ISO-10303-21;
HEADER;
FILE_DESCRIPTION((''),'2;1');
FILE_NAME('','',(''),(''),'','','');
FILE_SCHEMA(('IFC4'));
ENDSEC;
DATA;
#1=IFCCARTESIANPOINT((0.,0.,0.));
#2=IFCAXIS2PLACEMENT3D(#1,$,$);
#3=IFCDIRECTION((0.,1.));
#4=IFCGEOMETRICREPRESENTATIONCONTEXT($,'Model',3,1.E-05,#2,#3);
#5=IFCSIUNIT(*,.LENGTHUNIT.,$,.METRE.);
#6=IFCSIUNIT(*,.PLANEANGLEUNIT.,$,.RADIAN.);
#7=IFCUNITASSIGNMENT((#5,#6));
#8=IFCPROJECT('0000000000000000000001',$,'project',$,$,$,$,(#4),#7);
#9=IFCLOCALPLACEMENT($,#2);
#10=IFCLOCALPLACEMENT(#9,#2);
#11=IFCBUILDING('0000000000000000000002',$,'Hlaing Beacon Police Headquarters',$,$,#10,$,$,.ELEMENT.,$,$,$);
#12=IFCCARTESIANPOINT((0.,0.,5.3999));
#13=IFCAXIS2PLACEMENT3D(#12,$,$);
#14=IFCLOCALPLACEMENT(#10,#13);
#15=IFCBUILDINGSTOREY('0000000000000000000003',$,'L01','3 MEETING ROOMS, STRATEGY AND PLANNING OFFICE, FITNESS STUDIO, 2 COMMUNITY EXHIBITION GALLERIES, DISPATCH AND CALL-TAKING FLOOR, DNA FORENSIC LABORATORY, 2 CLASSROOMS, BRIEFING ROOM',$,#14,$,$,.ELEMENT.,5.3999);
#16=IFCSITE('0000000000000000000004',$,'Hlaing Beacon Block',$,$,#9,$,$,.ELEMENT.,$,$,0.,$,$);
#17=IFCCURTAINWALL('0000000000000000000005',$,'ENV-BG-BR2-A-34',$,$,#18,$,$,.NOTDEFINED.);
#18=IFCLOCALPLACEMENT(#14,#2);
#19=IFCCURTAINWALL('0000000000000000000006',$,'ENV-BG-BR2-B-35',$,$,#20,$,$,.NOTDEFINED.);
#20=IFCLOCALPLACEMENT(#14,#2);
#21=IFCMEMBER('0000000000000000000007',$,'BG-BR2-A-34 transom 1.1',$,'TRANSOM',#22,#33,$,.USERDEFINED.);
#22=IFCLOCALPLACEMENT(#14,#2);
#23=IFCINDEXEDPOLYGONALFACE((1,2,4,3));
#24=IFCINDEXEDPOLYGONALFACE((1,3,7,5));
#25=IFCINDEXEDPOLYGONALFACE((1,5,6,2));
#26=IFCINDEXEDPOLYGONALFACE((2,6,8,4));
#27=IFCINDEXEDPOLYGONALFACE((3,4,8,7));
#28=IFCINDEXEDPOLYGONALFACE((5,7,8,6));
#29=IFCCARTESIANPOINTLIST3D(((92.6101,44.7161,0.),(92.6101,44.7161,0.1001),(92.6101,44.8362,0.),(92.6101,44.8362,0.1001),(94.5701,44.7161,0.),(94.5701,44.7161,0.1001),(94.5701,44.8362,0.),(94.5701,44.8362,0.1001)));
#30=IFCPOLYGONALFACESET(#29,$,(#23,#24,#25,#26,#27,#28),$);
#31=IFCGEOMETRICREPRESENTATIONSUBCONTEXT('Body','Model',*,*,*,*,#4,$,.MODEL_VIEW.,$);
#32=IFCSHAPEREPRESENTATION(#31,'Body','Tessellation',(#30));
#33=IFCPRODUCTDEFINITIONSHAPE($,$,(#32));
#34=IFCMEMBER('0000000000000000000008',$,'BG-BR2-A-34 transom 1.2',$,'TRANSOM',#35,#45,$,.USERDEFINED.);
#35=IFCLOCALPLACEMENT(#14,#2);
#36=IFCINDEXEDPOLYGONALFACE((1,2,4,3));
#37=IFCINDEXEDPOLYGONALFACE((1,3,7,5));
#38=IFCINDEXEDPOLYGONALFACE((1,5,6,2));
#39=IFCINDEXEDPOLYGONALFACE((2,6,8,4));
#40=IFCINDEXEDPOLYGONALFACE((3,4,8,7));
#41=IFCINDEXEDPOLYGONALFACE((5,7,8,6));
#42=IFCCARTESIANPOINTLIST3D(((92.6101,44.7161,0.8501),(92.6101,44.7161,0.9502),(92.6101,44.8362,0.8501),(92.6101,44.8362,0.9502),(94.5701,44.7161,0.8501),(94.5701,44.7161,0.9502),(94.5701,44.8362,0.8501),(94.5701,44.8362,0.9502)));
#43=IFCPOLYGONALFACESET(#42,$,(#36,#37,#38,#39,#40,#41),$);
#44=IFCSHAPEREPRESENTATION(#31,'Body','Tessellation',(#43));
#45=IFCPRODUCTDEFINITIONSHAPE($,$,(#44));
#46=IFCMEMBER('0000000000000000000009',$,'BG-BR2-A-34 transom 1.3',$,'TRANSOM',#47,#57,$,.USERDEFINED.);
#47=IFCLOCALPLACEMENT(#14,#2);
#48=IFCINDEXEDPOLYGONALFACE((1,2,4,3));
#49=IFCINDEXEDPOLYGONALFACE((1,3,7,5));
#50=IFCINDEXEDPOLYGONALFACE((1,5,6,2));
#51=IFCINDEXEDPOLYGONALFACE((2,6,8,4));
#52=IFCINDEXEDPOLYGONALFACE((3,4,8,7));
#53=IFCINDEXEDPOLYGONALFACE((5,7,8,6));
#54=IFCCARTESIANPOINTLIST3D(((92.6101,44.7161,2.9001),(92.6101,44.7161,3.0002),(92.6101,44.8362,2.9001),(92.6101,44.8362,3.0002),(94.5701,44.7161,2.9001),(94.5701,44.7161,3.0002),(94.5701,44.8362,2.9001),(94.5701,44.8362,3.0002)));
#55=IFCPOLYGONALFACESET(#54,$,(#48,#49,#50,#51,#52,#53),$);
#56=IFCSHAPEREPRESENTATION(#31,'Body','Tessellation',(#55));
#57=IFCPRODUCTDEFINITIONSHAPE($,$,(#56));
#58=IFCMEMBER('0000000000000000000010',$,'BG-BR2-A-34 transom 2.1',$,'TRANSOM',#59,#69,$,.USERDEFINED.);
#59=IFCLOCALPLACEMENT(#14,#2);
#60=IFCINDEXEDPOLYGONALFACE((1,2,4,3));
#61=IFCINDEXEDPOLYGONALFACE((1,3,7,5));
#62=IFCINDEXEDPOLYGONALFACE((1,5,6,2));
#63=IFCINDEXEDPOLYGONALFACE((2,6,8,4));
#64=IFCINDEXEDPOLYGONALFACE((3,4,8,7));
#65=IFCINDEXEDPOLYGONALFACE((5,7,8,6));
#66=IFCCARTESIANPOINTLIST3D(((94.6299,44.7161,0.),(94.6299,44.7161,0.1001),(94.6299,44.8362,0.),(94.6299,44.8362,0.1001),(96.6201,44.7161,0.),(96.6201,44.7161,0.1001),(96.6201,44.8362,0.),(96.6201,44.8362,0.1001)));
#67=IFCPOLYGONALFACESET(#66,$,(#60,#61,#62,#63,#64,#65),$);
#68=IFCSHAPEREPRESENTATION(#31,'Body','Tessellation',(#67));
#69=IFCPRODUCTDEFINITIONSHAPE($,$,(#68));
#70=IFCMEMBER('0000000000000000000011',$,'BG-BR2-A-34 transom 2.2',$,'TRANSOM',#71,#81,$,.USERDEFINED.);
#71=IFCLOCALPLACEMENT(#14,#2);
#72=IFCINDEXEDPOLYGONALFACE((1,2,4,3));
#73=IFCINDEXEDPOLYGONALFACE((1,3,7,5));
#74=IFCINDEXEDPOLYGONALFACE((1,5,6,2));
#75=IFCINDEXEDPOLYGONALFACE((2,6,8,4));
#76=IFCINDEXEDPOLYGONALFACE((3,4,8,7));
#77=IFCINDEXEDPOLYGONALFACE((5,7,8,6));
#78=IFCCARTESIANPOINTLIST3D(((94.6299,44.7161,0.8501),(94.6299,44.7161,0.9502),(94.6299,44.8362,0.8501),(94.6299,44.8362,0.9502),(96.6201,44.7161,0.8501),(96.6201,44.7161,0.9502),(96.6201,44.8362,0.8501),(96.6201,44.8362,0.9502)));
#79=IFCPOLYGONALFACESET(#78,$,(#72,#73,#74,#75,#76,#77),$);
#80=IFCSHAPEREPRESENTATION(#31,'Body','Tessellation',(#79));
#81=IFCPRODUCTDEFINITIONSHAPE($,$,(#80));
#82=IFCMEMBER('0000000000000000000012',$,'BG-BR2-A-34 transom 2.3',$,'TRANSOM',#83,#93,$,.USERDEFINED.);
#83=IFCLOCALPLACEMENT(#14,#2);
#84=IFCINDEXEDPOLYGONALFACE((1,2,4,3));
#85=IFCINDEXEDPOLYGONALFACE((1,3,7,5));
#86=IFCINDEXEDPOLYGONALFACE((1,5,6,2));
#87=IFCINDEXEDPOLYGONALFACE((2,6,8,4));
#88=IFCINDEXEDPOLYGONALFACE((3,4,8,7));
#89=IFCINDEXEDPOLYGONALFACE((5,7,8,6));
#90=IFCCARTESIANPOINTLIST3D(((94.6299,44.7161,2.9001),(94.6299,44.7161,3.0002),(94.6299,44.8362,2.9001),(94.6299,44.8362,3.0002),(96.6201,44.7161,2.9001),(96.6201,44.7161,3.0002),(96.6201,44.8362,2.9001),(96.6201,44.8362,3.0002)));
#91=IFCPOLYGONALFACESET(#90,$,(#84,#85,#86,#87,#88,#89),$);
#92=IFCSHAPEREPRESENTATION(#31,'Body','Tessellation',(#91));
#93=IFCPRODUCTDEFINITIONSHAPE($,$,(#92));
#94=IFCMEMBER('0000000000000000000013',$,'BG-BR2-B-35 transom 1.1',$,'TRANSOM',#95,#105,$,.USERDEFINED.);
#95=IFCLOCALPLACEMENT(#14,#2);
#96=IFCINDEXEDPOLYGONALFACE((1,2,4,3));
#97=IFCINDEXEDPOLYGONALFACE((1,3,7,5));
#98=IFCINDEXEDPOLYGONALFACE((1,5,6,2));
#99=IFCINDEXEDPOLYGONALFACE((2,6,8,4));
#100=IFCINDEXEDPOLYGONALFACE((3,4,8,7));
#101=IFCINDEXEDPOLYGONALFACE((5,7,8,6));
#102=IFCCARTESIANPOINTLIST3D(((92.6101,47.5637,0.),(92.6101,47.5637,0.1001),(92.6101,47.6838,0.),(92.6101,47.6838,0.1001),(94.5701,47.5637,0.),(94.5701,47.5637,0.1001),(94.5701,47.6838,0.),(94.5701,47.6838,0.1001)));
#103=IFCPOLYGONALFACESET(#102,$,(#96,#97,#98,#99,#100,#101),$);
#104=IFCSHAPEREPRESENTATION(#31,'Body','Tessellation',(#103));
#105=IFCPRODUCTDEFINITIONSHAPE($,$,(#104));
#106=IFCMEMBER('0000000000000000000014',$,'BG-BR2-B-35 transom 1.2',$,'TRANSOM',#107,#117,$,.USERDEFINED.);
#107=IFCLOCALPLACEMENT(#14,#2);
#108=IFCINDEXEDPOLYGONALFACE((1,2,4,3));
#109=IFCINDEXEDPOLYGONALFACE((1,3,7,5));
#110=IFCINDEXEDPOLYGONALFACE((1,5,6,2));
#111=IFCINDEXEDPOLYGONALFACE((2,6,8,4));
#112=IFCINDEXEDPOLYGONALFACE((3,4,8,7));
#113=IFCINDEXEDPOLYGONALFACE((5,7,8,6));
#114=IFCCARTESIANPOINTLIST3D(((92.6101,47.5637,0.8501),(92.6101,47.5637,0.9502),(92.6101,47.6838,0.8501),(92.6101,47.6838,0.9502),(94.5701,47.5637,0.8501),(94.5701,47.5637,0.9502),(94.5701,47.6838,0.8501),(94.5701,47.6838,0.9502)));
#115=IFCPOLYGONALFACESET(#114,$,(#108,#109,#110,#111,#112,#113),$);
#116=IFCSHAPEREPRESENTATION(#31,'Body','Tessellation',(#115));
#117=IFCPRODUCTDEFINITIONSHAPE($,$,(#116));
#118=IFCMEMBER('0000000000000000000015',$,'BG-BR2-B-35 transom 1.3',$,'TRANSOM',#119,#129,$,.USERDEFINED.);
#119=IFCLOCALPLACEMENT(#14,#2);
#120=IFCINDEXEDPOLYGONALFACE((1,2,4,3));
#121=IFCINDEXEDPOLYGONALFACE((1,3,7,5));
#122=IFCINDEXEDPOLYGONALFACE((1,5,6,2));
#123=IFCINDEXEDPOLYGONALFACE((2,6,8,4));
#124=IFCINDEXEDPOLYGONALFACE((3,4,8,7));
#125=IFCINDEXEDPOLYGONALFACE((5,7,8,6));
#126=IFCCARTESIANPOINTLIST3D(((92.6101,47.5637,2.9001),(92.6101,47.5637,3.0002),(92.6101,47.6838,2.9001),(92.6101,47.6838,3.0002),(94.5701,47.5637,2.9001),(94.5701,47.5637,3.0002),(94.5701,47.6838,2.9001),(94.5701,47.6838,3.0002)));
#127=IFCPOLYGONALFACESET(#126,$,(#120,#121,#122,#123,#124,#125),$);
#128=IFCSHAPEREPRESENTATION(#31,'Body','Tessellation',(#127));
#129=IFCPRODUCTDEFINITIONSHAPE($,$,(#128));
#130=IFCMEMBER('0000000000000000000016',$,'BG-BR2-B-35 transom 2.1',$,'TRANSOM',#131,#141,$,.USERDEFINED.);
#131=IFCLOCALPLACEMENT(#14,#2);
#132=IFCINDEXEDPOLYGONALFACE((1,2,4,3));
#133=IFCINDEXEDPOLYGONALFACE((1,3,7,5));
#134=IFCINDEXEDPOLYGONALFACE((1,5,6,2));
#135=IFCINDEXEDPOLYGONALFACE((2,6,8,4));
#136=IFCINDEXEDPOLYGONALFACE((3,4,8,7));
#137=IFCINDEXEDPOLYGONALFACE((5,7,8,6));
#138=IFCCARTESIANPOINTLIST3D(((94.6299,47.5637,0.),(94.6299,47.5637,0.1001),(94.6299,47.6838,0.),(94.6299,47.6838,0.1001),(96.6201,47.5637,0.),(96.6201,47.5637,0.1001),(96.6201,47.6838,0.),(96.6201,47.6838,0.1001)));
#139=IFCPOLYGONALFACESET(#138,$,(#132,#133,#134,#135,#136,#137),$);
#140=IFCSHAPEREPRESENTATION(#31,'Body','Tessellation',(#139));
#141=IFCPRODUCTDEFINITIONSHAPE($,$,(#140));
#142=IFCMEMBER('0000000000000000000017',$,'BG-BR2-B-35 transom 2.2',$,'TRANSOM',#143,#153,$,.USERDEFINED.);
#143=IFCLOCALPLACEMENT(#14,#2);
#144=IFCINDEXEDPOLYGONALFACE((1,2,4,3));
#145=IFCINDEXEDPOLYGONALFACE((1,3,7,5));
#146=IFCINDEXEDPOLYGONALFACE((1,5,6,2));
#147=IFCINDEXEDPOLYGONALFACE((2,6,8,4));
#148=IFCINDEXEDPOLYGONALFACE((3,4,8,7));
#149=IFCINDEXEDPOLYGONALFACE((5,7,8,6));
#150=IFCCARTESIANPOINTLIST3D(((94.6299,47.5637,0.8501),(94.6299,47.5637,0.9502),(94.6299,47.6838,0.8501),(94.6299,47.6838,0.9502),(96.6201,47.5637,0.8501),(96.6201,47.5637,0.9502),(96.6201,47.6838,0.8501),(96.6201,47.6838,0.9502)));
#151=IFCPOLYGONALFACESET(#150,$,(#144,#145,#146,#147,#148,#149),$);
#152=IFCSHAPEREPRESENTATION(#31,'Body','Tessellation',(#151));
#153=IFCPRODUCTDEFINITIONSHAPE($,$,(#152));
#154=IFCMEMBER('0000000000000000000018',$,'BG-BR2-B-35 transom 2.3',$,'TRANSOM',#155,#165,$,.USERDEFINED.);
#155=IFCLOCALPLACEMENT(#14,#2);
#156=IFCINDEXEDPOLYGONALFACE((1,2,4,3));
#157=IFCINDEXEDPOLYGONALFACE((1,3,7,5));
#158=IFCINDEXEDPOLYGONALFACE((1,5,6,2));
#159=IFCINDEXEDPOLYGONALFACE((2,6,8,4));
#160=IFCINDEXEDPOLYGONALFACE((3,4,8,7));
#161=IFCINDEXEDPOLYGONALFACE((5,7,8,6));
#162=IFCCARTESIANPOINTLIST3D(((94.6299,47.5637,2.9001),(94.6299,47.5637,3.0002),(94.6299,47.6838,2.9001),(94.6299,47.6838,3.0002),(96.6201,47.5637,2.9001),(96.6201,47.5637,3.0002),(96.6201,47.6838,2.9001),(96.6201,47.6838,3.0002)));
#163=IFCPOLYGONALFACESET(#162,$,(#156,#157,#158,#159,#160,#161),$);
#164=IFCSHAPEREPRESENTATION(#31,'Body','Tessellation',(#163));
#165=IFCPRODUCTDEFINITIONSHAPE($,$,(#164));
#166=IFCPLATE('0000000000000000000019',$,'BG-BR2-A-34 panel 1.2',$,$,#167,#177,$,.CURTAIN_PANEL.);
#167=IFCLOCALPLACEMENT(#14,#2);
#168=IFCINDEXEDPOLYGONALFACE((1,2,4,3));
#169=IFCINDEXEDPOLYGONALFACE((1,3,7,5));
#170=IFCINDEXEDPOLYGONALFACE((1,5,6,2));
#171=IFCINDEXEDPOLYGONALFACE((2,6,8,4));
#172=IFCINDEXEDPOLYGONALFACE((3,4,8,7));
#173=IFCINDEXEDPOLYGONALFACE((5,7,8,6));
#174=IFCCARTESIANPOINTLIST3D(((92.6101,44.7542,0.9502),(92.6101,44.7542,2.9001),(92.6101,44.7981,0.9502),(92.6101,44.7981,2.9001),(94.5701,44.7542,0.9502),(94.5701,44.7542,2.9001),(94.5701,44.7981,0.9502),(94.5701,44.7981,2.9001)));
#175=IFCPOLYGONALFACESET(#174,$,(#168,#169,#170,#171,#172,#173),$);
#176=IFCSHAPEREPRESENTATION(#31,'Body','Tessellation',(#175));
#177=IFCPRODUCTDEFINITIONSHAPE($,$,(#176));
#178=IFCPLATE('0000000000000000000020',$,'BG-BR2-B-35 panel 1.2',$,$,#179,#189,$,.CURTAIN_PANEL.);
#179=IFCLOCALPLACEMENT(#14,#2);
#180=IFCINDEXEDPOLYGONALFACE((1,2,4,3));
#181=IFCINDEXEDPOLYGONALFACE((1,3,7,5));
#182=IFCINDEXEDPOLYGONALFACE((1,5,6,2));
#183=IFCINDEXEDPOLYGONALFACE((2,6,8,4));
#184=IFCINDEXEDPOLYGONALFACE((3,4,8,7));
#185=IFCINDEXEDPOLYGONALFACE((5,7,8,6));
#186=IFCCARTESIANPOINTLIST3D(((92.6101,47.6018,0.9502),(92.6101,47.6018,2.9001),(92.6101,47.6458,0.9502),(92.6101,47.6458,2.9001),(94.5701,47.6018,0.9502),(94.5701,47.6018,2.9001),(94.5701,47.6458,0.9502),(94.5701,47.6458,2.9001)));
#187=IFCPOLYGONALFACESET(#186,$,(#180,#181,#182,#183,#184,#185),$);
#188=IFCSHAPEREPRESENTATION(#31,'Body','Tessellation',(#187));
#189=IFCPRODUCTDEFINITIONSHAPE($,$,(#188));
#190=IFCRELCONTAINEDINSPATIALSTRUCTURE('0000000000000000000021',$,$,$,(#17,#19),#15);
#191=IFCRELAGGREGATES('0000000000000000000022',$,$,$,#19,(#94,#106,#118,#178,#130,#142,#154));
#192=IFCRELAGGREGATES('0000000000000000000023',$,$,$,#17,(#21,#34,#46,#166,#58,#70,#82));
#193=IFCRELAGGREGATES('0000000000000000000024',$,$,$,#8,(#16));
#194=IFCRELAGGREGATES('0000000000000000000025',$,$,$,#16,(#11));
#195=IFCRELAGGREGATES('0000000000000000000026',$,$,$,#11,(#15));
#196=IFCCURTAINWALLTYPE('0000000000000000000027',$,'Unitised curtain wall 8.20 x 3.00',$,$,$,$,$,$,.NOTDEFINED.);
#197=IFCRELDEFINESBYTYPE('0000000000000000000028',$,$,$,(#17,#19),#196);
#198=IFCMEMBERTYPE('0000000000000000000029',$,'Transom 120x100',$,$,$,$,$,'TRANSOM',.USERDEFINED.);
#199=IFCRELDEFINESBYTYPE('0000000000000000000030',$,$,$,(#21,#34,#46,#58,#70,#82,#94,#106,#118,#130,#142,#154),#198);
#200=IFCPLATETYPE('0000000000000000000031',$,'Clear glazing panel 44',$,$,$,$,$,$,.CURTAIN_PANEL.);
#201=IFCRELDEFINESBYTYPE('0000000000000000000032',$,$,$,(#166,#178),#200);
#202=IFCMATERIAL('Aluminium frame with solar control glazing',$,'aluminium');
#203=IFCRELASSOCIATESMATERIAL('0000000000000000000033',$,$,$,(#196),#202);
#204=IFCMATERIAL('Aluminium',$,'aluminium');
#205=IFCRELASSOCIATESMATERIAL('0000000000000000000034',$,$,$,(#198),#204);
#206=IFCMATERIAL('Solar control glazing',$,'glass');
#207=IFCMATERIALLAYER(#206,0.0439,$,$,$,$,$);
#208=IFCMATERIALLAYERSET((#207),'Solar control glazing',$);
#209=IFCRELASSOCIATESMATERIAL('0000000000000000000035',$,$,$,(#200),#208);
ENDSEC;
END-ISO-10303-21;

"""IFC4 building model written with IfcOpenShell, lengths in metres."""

from ifc_helpers import new_model, si_unit, direction, frame, origin, origin_2d, place, context, subcontext, project, spatial, rectangle, extrude, material, layer, layer_set, material_profile, profile_set, type_object, element, aggregate, save


model = new_model("IFC4")

# Units and contexts
model_context = context("Model", 3, precision=1e-05, world=origin(), true_north=direction((0.0, 1.0)))
body_context = subcontext(model_context, "Body", "Model", "MODEL_VIEW")
ifc_project = project(units=[si_unit("LENGTHUNIT", "METRE"), si_unit("PLANEANGLEUNIT", "RADIAN")], contexts=[model_context])

# Site, building, storey
site_placement = place(None, origin())
site = spatial("IfcSite", under=ifc_project, at=site_placement, Name="Hlaing Beacon Block", CompositionType="ELEMENT", RefElevation=0.0)
building_placement = place(site_placement, origin())
building = spatial("IfcBuilding", under=site, at=building_placement, Name="Hlaing Beacon Police Headquarters", CompositionType="ELEMENT")
storey_placement = place(building_placement, frame((0.0, 0.0, 5.3999)))
storey = spatial("IfcBuildingStorey", under=building, at=storey_placement, Name="L01", Description="3 MEETING ROOMS, STRATEGY AND PLANNING OFFICE, FITNESS STUDIO, 2 COMMUNITY EXHIBITION GALLERIES, DISPATCH AND CALL-TAKING FLOOR, DNA FORENSIC LABORATORY, 2 CLASSROOMS, BRIEFING ROOM", CompositionType="ELEMENT", Elevation=5.3999)

# Curtain walls
ifc_material_1 = material(Name="Aluminium frame with solar control glazing", Category="aluminium")
curtain_wall_type = type_object("IfcCurtainWallType", Name="Unitised curtain wall 8.20 x 3.00", PredefinedType="NOTDEFINED", material=ifc_material_1)
curtain_wall_1_placement = place(storey_placement, origin())
curtain_wall_1 = element("IfcCurtainWall", 1, at=curtain_wall_1_placement, inside=storey, type_object=curtain_wall_type, Name="ENV-BG-BR2-A-34", PredefinedType="NOTDEFINED")
curtain_wall_2_placement = place(storey_placement, origin())
curtain_wall_2 = element("IfcCurtainWall", 2, at=curtain_wall_2_placement, inside=storey, type_object=curtain_wall_type, Name="ENV-BG-BR2-B-35", PredefinedType="NOTDEFINED")

# Members
ifc_material_2 = material(Name="Aluminium", Category="aluminium")
ifc_material_profile_1 = material_profile(ifc_material_2, rectangle(XDim=0.1201, YDim=0.1001, at=origin_2d()), Name="Transom 120x100")
ifc_profile_set_1 = profile_set([ifc_material_profile_1], Name="Aluminium")
member_type_1 = type_object("IfcMemberType", Name="Transom 120x100", ElementType="TRANSOM", PredefinedType="USERDEFINED", material=ifc_profile_set_1)
member_1_placement = place(storey_placement, frame((92.6101, 44.7761, 0.05), z_axis=(1.0, 0.0, 0.0), x_axis=(0.0, 1.0, 0.0)))
member_1 = element("IfcMember", 3, at=member_1_placement, type_object=member_type_1, Name="BG-BR2-A-34 transom 1.1", ObjectType="TRANSOM", PredefinedType="USERDEFINED", context=body_context, shape_type="SweptSolid", body=[
    extrude(rectangle(XDim=0.1201, YDim=0.1001, at=origin_2d()), origin(), (0.0, 0.0, 1.0), 1.96),
])
member_2_placement = place(storey_placement, frame((92.6101, 44.7761, 0.9001), z_axis=(1.0, 0.0, 0.0), x_axis=(0.0, 1.0, 0.0)))
member_2 = element("IfcMember", 4, at=member_2_placement, type_object=member_type_1, Name="BG-BR2-A-34 transom 1.2", ObjectType="TRANSOM", PredefinedType="USERDEFINED", context=body_context, shape_type="SweptSolid", body=[
    extrude(rectangle(XDim=0.1201, YDim=0.1001, at=origin_2d()), origin(), (0.0, 0.0, 1.0), 1.96),
])
member_3_placement = place(storey_placement, frame((92.6101, 44.7761, 2.9502), z_axis=(1.0, 0.0, 0.0), x_axis=(0.0, 1.0, 0.0)))
member_3 = element("IfcMember", 5, at=member_3_placement, type_object=member_type_1, Name="BG-BR2-A-34 transom 1.3", ObjectType="TRANSOM", PredefinedType="USERDEFINED", context=body_context, shape_type="SweptSolid", body=[
    extrude(rectangle(XDim=0.1201, YDim=0.1001, at=origin_2d()), origin(), (0.0, 0.0, 1.0), 1.96),
])
member_4_placement = place(storey_placement, frame((94.6299, 44.7761, 0.05), z_axis=(1.0, 0.0, 0.0), x_axis=(0.0, 1.0, 0.0)))
member_4 = element("IfcMember", 6, at=member_4_placement, type_object=member_type_1, Name="BG-BR2-A-34 transom 2.1", ObjectType="TRANSOM", PredefinedType="USERDEFINED", context=body_context, shape_type="SweptSolid", body=[
    extrude(rectangle(XDim=0.1201, YDim=0.1001, at=origin_2d()), origin(), (0.0, 0.0, 1.0), 1.9902),
])
member_5_placement = place(storey_placement, frame((94.6299, 44.7761, 0.9001), z_axis=(1.0, 0.0, 0.0), x_axis=(0.0, 1.0, 0.0)))
member_5 = element("IfcMember", 7, at=member_5_placement, type_object=member_type_1, Name="BG-BR2-A-34 transom 2.2", ObjectType="TRANSOM", PredefinedType="USERDEFINED", context=body_context, shape_type="SweptSolid", body=[
    extrude(rectangle(XDim=0.1201, YDim=0.1001, at=origin_2d()), origin(), (0.0, 0.0, 1.0), 1.9902),
])
member_6_placement = place(storey_placement, frame((94.6299, 44.7761, 2.9502), z_axis=(1.0, 0.0, 0.0), x_axis=(0.0, 1.0, 0.0)))
member_6 = element("IfcMember", 8, at=member_6_placement, type_object=member_type_1, Name="BG-BR2-A-34 transom 2.3", ObjectType="TRANSOM", PredefinedType="USERDEFINED", context=body_context, shape_type="SweptSolid", body=[
    extrude(rectangle(XDim=0.1201, YDim=0.1001, at=origin_2d()), origin(), (0.0, 0.0, 1.0), 1.9902),
])
member_7_placement = place(storey_placement, frame((92.6101, 47.6238, 0.05), z_axis=(1.0, 0.0, 0.0), x_axis=(0.0, 1.0, 0.0)))
member_7 = element("IfcMember", 9, at=member_7_placement, type_object=member_type_1, Name="BG-BR2-B-35 transom 1.1", ObjectType="TRANSOM", PredefinedType="USERDEFINED", context=body_context, shape_type="SweptSolid", body=[
    extrude(rectangle(XDim=0.1201, YDim=0.1001, at=origin_2d()), origin(), (0.0, 0.0, 1.0), 1.96),
])
member_8_placement = place(storey_placement, frame((92.6101, 47.6238, 0.9001), z_axis=(1.0, 0.0, 0.0), x_axis=(0.0, 1.0, 0.0)))
member_8 = element("IfcMember", 10, at=member_8_placement, type_object=member_type_1, Name="BG-BR2-B-35 transom 1.2", ObjectType="TRANSOM", PredefinedType="USERDEFINED", context=body_context, shape_type="SweptSolid", body=[
    extrude(rectangle(XDim=0.1201, YDim=0.1001, at=origin_2d()), origin(), (0.0, 0.0, 1.0), 1.96),
])
member_9_placement = place(storey_placement, frame((92.6101, 47.6238, 2.9502), z_axis=(1.0, 0.0, 0.0), x_axis=(0.0, 1.0, 0.0)))
member_9 = element("IfcMember", 11, at=member_9_placement, type_object=member_type_1, Name="BG-BR2-B-35 transom 1.3", ObjectType="TRANSOM", PredefinedType="USERDEFINED", context=body_context, shape_type="SweptSolid", body=[
    extrude(rectangle(XDim=0.1201, YDim=0.1001, at=origin_2d()), origin(), (0.0, 0.0, 1.0), 1.96),
])
member_10_placement = place(storey_placement, frame((94.6299, 47.6238, 0.05), z_axis=(1.0, 0.0, 0.0), x_axis=(0.0, 1.0, 0.0)))
member_10 = element("IfcMember", 12, at=member_10_placement, type_object=member_type_1, Name="BG-BR2-B-35 transom 2.1", ObjectType="TRANSOM", PredefinedType="USERDEFINED", context=body_context, shape_type="SweptSolid", body=[
    extrude(rectangle(XDim=0.1201, YDim=0.1001, at=origin_2d()), origin(), (0.0, 0.0, 1.0), 1.9902),
])
member_11_placement = place(storey_placement, frame((94.6299, 47.6238, 0.9001), z_axis=(1.0, 0.0, 0.0), x_axis=(0.0, 1.0, 0.0)))
member_11 = element("IfcMember", 13, at=member_11_placement, type_object=member_type_1, Name="BG-BR2-B-35 transom 2.2", ObjectType="TRANSOM", PredefinedType="USERDEFINED", context=body_context, shape_type="SweptSolid", body=[
    extrude(rectangle(XDim=0.1201, YDim=0.1001, at=origin_2d()), origin(), (0.0, 0.0, 1.0), 1.9902),
])
member_12_placement = place(storey_placement, frame((94.6299, 47.6238, 2.9502), z_axis=(1.0, 0.0, 0.0), x_axis=(0.0, 1.0, 0.0)))
member_12 = element("IfcMember", 14, at=member_12_placement, type_object=member_type_1, Name="BG-BR2-B-35 transom 2.3", ObjectType="TRANSOM", PredefinedType="USERDEFINED", context=body_context, shape_type="SweptSolid", body=[
    extrude(rectangle(XDim=0.1201, YDim=0.1001, at=origin_2d()), origin(), (0.0, 0.0, 1.0), 1.9902),
])

# Plates
ifc_material_3 = material(Name="Solar control glazing", Category="glass")
ifc_layer_1 = layer(ifc_material_3, 0.0439)
ifc_layer_set_1 = layer_set([ifc_layer_1], Name="Solar control glazing")
plate_type_1 = type_object("IfcPlateType", Name="Clear glazing panel 44", PredefinedType="CURTAIN_PANEL", material=ifc_layer_set_1)
plate_1_placement = place(storey_placement, frame((93.5901, 44.7761, 0.9502), z_axis=(0.0, 0.0, 1.0), x_axis=(1.0, 0.0, 0.0)))
plate_1 = element("IfcPlate", 15, at=plate_1_placement, type_object=plate_type_1, Name="BG-BR2-A-34 panel 1.2", PredefinedType="CURTAIN_PANEL", context=body_context, shape_type="SweptSolid", body=[
    extrude(rectangle(XDim=1.96, YDim=0.0439, at=origin_2d()), origin(), (0.0, 0.0, 1.0), 1.95),
])
plate_2_placement = place(storey_placement, frame((93.5901, 47.6238, 0.9502), z_axis=(0.0, 0.0, 1.0), x_axis=(1.0, 0.0, 0.0)))
plate_2 = element("IfcPlate", 16, at=plate_2_placement, type_object=plate_type_1, Name="BG-BR2-B-35 panel 1.2", PredefinedType="CURTAIN_PANEL", context=body_context, shape_type="SweptSolid", body=[
    extrude(rectangle(XDim=1.96, YDim=0.0439, at=origin_2d()), origin(), (0.0, 0.0, 1.0), 1.95),
])
aggregate(curtain_wall_2, [member_7, member_8, member_9, plate_2, member_10, member_11, member_12])
aggregate(curtain_wall_1, [member_1, member_2, member_3, plate_1, member_4, member_5, member_6])

save(model, "model.ifc")
